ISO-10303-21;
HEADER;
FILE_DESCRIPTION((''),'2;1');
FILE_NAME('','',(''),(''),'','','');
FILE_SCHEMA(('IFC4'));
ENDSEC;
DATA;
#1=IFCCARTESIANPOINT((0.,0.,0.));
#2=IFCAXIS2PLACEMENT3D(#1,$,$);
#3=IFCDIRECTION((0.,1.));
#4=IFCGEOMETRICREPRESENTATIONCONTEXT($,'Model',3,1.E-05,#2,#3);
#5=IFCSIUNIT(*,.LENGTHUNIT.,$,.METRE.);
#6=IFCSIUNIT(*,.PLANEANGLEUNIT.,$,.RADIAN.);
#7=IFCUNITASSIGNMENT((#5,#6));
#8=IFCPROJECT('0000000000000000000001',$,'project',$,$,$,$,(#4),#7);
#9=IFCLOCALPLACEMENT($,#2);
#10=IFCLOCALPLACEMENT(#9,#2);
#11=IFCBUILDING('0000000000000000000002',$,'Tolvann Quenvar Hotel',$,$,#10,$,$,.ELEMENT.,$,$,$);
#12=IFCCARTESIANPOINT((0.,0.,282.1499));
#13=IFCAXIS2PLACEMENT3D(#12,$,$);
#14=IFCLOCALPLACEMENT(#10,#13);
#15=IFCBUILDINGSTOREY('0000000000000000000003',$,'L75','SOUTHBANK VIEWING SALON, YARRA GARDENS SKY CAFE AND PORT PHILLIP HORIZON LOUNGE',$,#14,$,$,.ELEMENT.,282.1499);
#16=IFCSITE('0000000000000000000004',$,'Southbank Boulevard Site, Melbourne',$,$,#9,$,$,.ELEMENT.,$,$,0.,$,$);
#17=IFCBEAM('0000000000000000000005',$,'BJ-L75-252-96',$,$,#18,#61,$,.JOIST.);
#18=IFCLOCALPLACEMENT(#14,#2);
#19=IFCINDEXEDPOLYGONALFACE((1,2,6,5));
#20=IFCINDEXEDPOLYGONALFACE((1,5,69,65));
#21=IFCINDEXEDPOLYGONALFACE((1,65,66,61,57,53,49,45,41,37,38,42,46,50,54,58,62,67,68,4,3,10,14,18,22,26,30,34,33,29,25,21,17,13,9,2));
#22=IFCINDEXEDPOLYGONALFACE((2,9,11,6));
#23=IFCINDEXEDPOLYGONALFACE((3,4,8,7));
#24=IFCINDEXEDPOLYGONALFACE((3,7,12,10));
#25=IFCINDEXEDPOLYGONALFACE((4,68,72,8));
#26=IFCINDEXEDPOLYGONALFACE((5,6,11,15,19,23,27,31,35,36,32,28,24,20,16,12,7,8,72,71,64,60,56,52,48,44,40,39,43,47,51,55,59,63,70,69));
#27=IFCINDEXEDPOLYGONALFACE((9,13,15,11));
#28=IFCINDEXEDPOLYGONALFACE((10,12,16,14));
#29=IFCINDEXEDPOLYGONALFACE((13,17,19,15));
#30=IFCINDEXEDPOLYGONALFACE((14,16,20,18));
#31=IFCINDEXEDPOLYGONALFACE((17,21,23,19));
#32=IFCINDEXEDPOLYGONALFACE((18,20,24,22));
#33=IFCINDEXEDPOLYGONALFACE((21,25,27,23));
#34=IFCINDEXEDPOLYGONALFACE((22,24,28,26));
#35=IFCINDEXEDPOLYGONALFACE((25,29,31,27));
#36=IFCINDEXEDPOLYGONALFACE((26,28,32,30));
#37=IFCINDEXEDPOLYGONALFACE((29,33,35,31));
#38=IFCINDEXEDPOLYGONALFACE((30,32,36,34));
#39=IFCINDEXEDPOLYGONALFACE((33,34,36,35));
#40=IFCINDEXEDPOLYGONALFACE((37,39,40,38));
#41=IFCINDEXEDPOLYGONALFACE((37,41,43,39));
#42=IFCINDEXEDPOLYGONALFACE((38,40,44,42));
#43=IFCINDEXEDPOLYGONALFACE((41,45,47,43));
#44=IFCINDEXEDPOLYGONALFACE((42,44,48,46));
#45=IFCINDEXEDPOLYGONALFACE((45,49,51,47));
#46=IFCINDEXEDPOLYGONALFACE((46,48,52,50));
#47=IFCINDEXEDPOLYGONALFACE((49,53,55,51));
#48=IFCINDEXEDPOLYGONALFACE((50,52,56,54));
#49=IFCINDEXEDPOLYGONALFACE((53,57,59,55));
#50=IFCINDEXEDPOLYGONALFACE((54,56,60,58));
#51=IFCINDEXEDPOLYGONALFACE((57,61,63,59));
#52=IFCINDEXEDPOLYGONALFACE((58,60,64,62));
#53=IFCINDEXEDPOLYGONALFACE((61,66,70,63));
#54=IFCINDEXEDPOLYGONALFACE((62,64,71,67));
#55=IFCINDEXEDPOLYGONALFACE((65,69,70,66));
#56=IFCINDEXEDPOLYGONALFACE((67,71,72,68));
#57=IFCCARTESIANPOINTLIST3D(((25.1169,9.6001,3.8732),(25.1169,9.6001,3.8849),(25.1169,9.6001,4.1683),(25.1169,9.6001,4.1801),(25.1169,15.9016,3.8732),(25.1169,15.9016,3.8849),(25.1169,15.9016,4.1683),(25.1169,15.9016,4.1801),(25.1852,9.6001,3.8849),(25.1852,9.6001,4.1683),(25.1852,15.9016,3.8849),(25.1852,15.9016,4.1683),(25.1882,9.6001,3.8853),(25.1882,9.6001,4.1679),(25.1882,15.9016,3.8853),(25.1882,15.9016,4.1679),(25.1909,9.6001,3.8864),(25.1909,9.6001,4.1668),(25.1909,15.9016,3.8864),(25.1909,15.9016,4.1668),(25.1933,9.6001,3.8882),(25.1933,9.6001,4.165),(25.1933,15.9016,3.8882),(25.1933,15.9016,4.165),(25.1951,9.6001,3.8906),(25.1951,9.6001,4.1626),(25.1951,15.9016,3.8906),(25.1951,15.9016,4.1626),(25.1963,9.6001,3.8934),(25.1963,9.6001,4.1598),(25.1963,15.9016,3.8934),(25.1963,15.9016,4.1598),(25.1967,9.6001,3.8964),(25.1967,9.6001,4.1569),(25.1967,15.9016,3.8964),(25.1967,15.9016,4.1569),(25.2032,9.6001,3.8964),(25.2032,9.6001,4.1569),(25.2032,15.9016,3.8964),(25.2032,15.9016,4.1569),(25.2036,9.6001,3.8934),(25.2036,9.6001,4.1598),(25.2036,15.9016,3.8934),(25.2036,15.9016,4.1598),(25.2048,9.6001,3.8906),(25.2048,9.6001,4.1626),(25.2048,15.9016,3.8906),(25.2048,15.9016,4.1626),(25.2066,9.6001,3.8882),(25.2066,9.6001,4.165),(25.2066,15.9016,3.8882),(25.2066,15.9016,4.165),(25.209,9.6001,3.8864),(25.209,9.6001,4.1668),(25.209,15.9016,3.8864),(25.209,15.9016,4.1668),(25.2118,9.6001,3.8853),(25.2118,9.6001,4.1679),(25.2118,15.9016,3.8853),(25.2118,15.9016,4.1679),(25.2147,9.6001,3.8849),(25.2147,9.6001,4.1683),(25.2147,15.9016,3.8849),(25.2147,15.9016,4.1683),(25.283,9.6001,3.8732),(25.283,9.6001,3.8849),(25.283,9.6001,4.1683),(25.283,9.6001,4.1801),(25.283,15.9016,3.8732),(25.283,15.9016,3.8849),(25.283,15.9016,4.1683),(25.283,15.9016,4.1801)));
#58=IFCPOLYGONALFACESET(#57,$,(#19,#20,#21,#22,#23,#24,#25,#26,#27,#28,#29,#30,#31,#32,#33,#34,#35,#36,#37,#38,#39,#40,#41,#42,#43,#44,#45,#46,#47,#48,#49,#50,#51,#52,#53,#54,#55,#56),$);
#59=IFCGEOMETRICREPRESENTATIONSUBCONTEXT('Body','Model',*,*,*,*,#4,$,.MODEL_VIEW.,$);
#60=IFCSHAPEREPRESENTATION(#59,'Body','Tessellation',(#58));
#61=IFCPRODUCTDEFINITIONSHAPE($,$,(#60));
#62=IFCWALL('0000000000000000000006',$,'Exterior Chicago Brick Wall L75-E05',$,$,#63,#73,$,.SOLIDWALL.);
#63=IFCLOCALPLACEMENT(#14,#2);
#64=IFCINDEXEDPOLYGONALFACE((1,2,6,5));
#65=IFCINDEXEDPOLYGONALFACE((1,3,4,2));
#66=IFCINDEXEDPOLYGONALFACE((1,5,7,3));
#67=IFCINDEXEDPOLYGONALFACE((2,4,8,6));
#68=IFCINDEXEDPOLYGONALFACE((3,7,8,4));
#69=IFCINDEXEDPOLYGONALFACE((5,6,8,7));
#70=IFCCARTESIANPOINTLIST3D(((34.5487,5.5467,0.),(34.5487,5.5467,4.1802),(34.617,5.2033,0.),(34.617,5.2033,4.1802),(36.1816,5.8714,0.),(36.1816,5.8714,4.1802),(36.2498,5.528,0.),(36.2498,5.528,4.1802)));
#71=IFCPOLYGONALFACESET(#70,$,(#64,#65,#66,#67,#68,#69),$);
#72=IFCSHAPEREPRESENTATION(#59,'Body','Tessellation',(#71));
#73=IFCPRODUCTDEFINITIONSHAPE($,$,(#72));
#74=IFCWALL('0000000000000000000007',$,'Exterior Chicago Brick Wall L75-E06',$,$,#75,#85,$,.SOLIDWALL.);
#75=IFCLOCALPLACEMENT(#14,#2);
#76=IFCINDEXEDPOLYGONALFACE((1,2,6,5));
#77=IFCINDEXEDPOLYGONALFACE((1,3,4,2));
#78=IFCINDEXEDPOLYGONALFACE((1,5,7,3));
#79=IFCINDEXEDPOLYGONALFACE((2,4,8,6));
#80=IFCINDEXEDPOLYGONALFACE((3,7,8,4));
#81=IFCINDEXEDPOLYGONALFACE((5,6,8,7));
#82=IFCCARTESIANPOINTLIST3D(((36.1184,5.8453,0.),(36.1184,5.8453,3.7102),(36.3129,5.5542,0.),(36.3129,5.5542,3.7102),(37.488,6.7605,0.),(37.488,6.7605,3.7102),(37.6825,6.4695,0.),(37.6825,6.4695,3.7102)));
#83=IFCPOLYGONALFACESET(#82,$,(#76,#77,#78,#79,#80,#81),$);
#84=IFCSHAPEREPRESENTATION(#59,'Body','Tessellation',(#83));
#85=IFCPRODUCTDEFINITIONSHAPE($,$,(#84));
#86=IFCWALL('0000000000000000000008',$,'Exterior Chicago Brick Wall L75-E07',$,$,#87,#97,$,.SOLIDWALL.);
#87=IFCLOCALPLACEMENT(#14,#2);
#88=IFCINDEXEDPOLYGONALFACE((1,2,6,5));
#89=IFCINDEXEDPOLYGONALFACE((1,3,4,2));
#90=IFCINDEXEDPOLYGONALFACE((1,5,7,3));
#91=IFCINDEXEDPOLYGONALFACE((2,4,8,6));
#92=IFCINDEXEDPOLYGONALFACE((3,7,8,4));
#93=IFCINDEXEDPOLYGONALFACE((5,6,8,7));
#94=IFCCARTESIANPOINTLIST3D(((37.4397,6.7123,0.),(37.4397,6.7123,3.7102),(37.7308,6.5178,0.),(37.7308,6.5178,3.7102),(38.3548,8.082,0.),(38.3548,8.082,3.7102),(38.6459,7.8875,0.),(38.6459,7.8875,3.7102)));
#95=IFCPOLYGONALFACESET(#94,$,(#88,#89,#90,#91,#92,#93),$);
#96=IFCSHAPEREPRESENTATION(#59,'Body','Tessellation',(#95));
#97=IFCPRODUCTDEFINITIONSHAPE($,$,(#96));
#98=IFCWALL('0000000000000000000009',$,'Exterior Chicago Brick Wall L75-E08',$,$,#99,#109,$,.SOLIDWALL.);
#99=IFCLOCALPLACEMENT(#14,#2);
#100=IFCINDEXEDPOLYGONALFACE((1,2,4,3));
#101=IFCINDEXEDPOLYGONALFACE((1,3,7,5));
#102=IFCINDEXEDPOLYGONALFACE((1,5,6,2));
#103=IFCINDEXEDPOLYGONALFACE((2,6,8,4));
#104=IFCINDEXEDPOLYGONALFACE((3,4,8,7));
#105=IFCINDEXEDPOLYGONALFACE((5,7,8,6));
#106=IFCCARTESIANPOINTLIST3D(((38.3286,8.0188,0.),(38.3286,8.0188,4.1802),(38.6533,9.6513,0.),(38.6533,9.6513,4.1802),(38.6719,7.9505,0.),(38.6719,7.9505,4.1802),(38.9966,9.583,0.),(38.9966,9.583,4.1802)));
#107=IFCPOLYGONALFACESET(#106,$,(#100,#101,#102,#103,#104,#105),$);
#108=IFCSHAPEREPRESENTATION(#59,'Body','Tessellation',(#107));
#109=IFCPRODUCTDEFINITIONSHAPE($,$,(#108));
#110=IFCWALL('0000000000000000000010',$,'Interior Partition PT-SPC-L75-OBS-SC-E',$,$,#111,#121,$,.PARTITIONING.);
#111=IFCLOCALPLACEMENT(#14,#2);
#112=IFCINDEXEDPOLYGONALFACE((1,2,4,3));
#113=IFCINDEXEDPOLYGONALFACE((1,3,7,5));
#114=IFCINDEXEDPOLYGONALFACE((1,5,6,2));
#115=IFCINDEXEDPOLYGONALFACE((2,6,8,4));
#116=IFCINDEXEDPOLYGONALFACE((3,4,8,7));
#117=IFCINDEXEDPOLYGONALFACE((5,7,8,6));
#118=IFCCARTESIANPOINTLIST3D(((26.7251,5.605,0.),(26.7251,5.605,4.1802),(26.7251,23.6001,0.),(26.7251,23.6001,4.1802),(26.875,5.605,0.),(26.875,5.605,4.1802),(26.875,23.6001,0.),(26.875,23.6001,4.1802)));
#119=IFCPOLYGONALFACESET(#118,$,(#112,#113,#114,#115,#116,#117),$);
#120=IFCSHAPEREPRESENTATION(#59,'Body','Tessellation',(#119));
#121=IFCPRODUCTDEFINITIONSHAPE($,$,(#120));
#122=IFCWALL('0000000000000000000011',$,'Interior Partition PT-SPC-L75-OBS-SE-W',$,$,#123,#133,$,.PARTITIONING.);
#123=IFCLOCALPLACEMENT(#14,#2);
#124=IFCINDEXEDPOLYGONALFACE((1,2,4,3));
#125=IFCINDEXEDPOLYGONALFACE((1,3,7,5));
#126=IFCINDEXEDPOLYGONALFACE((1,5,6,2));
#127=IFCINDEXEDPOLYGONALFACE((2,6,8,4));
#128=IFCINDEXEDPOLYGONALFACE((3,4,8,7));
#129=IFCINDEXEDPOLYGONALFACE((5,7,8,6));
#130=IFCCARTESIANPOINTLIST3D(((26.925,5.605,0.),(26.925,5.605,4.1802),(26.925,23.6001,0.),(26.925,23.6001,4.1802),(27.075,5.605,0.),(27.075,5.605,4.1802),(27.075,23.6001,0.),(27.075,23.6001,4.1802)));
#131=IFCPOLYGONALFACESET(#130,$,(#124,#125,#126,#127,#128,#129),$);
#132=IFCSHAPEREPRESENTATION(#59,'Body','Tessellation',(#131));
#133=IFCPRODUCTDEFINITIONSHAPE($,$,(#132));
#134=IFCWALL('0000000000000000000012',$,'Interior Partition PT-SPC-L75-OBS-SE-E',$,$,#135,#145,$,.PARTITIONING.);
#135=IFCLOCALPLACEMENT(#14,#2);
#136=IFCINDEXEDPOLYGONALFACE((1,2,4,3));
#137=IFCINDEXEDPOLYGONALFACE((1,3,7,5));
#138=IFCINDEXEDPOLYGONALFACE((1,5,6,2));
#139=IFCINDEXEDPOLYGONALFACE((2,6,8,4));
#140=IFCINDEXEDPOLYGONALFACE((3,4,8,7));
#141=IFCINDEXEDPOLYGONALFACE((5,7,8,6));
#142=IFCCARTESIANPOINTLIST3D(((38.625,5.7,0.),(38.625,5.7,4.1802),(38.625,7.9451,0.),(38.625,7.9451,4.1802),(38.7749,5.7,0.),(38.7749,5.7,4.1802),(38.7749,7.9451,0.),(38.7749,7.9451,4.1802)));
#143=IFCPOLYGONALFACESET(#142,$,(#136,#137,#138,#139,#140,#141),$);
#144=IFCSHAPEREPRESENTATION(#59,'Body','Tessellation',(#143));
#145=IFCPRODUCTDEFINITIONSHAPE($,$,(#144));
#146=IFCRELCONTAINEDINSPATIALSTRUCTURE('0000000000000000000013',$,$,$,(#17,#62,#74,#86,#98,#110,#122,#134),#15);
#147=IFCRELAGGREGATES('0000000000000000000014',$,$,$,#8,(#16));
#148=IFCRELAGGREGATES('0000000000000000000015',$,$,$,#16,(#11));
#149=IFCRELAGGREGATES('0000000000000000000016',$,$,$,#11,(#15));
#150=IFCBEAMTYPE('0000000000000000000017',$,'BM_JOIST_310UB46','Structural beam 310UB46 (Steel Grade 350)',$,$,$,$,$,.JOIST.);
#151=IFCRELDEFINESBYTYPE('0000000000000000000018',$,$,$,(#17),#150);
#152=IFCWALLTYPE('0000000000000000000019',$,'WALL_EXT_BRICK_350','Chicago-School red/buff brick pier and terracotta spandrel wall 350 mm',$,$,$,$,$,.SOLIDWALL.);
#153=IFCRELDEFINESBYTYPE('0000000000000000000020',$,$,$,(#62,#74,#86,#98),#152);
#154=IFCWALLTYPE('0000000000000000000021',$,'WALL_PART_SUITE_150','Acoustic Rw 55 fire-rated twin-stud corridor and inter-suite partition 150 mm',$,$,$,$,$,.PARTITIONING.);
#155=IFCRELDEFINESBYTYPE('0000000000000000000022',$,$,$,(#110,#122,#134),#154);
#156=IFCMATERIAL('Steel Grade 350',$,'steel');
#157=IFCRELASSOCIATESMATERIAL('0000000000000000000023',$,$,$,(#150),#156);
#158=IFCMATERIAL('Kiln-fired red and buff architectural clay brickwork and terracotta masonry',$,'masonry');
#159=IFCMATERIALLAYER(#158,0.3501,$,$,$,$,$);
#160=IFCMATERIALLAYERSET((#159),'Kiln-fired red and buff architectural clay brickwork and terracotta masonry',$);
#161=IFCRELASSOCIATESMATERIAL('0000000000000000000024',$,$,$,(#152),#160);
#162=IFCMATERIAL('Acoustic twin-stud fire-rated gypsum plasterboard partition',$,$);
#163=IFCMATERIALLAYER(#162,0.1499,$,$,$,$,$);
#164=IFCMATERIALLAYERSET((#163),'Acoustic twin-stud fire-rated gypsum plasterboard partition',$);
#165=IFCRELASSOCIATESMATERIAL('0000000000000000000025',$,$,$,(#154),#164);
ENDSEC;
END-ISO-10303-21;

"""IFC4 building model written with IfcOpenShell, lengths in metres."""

from ifc_helpers import new_model, si_unit, direction, frame, frame_2d, origin, origin_2d, place, context, subcontext, project, spatial, rectangle, i_section, extrude, source, transform, mapped, material, layer, layer_set, material_profile, profile_set, type_object, type_shapes, element, save


model = new_model("IFC4")

# Units and contexts
model_context = context("Model", 3, precision=1e-05, world=origin(), true_north=direction((0.0, 1.0)))
body_context = subcontext(model_context, "Body", "Model", "MODEL_VIEW")
ifc_project = project(units=[si_unit("LENGTHUNIT", "METRE"), si_unit("PLANEANGLEUNIT", "RADIAN")], contexts=[model_context])

# Site, building, storey
site_placement = place(None, origin())
site = spatial("IfcSite", under=ifc_project, at=site_placement, Name="Southbank Boulevard Site, Melbourne", CompositionType="ELEMENT", RefElevation=0.0)
building_placement = place(site_placement, origin())
building = spatial("IfcBuilding", under=site, at=building_placement, Name="Tolvann Quenvar Hotel", CompositionType="ELEMENT")
storey_placement = place(building_placement, frame((0.0, 0.0, 282.1499)))
storey = spatial("IfcBuildingStorey", under=building, at=storey_placement, Name="L75", Description="SOUTHBANK VIEWING SALON, YARRA GARDENS SKY CAFE AND PORT PHILLIP HORIZON LOUNGE", CompositionType="ELEMENT", Elevation=282.1499)

# Shared definitions
ifc_material_1 = material(Name="Steel Grade 350", Category="steel")

# Beam
ifc_material_profile_1 = material_profile(ifc_material_1, i_section(OverallWidth=0.166, OverallDepth=0.3069, WebThickness=0.0066, FlangeThickness=0.0117, FilletRadius=0.0115, at=origin_2d()), Name="310UB46")
ifc_profile_set_1 = profile_set([ifc_material_profile_1], Name="Steel Grade 350")
beam_type_1 = type_object("IfcBeamType", Name="BM_JOIST_310UB46", Description="Structural beam 310UB46 (Steel Grade 350)", PredefinedType="JOIST", material=ifc_profile_set_1)
shared_shape_1 = source(origin(), body_context, "Body", "SweptSolid", [
    extrude(i_section(OverallWidth=0.166, OverallDepth=0.3069, WebThickness=0.0066, FlangeThickness=0.0117, FilletRadius=0.0115, at=origin_2d()), origin(), (0.0, 0.0, 1.0), 6.3015),
])
type_shapes(beam_type_1, [shared_shape_1])
beam_1_placement = place(storey_placement, frame((25.2, 9.6001, 4.0266), z_axis=(0.0, 1.0, 0.0), x_axis=(-1.0, 0.0, 0.0)))
element("IfcBeam", 1, at=beam_1_placement, inside=storey, type_object=beam_type_1, Name="BJ-L75-252-96", PredefinedType="JOIST", context=body_context, shape_type="MappedRepresentation", body=[
    mapped(shared_shape_1, transform((0.0, 0.0, 0.0), x_axis=(1.0, 0.0, 0.0), y_axis=(0.0, 1.0, 0.0), z_axis=(0.0, 0.0, 1.0), scale=1.0)),
])

# Walls
ifc_material_2 = material(Name="Kiln-fired red and buff architectural clay brickwork and terracotta masonry", Category="masonry")
ifc_layer_1 = layer(ifc_material_2, 0.3501)
ifc_layer_set_1 = layer_set([ifc_layer_1], Name="Kiln-fired red and buff architectural clay brickwork and terracotta masonry")
wall_type_1 = type_object("IfcWallType", Name="WALL_EXT_BRICK_350", Description="Chicago-School red/buff brick pier and terracotta spandrel wall 350 mm", PredefinedType="SOLIDWALL", material=ifc_layer_set_1)
wall_1_placement = place(storey_placement, frame((34.5828, 5.375, 0.0), z_axis=(0.0, 0.0, 1.0), x_axis=(0.980794, 0.195044, 0.0)))
element("IfcWall", 2, at=wall_1_placement, inside=storey, type_object=wall_type_1, Name="Exterior Chicago Brick Wall L75-E05", PredefinedType="SOLIDWALL", context=body_context, shape_type="SweptSolid", body=[
    extrude(rectangle(XDim=1.6648, YDim=0.3501, at=frame_2d((0.8325, 0.0))), origin(), (0.0, 0.0, 1.0), 4.1802),
])
for number, where, z_axis, x_axis, name in (
    (3, (36.2156, 5.6997, 0.0), (0.0, 0.0, 1.0), (0.831434, 0.555623, 0.0), "Exterior Chicago Brick Wall L75-E06"),
    (4, (37.5852, 6.615, 0.0), (0.0, 0.0, 1.0), (0.555521, 0.831503, 0.0), "Exterior Chicago Brick Wall L75-E07"),
):
    element("IfcWall", number, at=place(storey_placement, frame(where, z_axis=z_axis, x_axis=x_axis)), inside=storey, type_object=wall_type_1, Name=name, PredefinedType="SOLIDWALL", context=body_context, shape_type="SweptSolid", body=[
        extrude(rectangle(XDim=1.6472, YDim=0.3501, at=frame_2d((0.8237, 0.0))), origin(), (0.0, 0.0, 1.0), 3.7102),
    ])
wall_2_placement = place(storey_placement, frame((38.5002, 7.9846, 0.0), z_axis=(0.0, 0.0, 1.0), x_axis=(0.195072, 0.980789, 0.0)))
element("IfcWall", 5, at=wall_2_placement, inside=storey, type_object=wall_type_1, Name="Exterior Chicago Brick Wall L75-E08", PredefinedType="SOLIDWALL", context=body_context, shape_type="SweptSolid", body=[
    extrude(rectangle(XDim=1.6646, YDim=0.3501, at=frame_2d((0.8323, 0.0))), origin(), (0.0, 0.0, 1.0), 4.1802),
])
ifc_material_3 = material(Name="Acoustic twin-stud fire-rated gypsum plasterboard partition")
ifc_layer_2 = layer(ifc_material_3, 0.1499)
ifc_layer_set_2 = layer_set([ifc_layer_2], Name="Acoustic twin-stud fire-rated gypsum plasterboard partition")
wall_type_2 = type_object("IfcWallType", Name="WALL_PART_SUITE_150", Description="Acoustic Rw 55 fire-rated twin-stud corridor and inter-suite partition 150 mm", PredefinedType="PARTITIONING", material=ifc_layer_set_2)
for number, where, z_axis, x_axis, name in (
    (6, (26.8, 5.605, 0.0), (0.0, 0.0, 1.0), (0.0, 1.0, 0.0), "Interior Partition PT-SPC-L75-OBS-SC-E"),
    (7, (27.0, 5.605, 0.0), (0.0, 0.0, 1.0), (0.0, 1.0, 0.0), "Interior Partition PT-SPC-L75-OBS-SE-W"),
):
    element("IfcWall", number, at=place(storey_placement, frame(where, z_axis=z_axis, x_axis=x_axis)), inside=storey, type_object=wall_type_2, Name=name, PredefinedType="PARTITIONING", context=body_context, shape_type="SweptSolid", body=[
        extrude(rectangle(XDim=17.9951, YDim=0.1499, at=frame_2d((8.9976, 0.0))), origin(), (0.0, 0.0, 1.0), 4.1802),
    ])
wall_3_placement = place(storey_placement, frame((38.7, 5.7, 0.0), z_axis=(0.0, 0.0, 1.0), x_axis=(0.0, 1.0, 0.0)))
element("IfcWall", 8, at=wall_3_placement, inside=storey, type_object=wall_type_2, Name="Interior Partition PT-SPC-L75-OBS-SE-E", PredefinedType="PARTITIONING", context=body_context, shape_type="SweptSolid", body=[
    extrude(rectangle(XDim=2.2451, YDim=0.1499, at=frame_2d((1.1226, 0.0))), origin(), (0.0, 0.0, 1.0), 4.1802),
])

save(model, "model.ifc")
